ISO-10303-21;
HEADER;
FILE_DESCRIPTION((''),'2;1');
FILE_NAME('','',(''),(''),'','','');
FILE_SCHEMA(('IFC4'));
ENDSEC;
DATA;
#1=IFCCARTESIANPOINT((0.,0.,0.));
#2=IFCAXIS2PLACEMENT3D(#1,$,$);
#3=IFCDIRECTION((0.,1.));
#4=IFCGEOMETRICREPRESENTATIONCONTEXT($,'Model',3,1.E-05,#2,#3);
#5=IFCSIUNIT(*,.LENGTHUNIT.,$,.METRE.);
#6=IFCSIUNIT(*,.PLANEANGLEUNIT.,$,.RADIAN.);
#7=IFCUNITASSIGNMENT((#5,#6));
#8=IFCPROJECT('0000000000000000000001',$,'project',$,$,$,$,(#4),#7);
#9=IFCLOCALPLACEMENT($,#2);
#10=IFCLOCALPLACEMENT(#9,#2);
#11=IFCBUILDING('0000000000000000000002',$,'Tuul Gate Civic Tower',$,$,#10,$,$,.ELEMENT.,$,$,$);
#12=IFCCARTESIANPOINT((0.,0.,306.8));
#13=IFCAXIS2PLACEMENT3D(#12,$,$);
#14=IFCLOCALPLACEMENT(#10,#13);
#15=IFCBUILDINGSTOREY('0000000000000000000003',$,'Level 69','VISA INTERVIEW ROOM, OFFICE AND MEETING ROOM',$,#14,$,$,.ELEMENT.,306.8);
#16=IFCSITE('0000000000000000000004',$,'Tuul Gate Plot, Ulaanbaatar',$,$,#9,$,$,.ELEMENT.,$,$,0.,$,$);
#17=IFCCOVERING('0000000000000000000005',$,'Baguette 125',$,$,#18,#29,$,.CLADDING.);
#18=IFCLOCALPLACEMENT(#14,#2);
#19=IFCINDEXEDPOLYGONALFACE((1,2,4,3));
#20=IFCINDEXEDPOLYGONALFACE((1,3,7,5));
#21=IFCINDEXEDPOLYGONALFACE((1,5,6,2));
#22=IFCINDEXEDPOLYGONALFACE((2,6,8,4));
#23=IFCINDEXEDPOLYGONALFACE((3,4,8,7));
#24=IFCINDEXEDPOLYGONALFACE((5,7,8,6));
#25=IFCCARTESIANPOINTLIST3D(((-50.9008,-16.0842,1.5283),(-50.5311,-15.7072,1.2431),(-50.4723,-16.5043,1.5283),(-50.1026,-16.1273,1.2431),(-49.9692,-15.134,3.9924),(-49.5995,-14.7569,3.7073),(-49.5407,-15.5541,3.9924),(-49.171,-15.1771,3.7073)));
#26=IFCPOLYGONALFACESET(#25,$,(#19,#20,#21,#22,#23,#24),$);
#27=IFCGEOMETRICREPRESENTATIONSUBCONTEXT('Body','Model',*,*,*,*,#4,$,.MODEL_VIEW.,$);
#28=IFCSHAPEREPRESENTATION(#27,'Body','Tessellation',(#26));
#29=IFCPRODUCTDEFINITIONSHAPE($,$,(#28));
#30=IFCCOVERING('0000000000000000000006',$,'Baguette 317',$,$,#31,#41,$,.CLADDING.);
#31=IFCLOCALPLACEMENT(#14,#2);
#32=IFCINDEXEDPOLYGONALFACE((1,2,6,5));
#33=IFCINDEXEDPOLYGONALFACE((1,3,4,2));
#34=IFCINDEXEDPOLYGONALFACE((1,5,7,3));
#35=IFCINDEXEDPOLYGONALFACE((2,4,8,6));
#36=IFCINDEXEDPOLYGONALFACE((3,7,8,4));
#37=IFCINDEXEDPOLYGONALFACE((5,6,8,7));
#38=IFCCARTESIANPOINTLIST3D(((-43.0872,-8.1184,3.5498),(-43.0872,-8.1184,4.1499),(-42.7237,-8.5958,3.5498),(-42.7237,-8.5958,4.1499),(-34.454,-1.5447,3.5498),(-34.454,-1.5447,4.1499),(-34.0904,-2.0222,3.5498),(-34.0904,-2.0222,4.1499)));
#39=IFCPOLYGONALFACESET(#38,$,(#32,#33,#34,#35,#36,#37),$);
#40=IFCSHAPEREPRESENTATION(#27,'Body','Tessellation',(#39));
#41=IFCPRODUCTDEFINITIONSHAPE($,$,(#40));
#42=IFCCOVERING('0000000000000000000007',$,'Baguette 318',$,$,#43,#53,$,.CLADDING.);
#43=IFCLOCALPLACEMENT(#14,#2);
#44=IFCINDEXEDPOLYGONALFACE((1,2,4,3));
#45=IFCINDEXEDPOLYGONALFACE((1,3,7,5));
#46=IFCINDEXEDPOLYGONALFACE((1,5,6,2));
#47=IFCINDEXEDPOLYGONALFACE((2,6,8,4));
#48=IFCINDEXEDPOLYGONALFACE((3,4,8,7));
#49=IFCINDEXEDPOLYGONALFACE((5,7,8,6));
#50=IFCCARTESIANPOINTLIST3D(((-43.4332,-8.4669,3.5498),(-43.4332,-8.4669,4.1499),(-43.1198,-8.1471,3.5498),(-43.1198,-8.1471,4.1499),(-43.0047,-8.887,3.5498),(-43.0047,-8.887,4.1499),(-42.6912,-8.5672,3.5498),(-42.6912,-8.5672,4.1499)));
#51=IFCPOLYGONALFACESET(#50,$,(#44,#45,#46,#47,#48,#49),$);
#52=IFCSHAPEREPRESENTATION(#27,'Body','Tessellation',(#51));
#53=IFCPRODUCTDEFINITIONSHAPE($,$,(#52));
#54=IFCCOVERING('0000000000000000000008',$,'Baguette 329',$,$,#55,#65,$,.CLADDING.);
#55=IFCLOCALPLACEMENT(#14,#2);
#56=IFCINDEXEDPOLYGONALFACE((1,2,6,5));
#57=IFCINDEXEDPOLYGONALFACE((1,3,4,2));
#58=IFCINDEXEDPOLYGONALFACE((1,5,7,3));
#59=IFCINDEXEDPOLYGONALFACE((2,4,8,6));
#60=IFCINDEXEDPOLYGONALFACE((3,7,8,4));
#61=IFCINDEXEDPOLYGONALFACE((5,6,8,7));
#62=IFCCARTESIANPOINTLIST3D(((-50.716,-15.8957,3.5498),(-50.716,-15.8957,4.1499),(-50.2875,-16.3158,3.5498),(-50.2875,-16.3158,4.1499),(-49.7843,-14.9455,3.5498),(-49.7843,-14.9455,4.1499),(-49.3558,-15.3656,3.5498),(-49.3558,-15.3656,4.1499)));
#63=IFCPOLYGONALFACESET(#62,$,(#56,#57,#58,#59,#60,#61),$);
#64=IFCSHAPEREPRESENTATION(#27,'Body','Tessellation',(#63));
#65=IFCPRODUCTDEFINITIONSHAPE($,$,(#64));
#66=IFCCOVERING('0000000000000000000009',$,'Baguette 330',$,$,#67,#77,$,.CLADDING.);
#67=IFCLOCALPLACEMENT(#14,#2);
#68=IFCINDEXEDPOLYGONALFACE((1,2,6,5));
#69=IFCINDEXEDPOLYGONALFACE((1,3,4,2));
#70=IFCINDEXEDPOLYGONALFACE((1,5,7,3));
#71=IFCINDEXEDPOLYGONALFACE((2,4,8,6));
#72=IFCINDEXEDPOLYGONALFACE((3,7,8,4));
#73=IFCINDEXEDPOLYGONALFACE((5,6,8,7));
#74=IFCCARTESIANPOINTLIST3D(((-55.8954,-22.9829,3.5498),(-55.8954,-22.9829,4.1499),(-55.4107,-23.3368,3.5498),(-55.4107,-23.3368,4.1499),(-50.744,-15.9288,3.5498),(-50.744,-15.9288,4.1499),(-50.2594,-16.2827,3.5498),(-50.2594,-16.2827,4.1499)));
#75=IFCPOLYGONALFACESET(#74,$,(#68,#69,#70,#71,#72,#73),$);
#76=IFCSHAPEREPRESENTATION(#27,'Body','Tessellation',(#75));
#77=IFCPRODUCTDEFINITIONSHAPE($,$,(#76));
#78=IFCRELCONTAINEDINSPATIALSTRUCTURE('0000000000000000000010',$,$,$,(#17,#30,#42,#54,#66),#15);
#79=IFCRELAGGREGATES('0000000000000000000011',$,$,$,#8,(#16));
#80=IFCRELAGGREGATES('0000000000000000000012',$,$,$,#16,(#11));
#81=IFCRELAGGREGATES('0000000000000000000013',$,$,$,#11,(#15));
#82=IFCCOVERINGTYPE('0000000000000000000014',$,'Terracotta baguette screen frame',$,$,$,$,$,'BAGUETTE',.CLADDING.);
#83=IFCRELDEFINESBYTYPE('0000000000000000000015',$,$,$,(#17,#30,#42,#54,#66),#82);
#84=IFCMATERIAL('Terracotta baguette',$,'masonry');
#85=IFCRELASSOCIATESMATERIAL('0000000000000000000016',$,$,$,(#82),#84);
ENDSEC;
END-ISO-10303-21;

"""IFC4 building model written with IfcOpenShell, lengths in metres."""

from ifc_helpers import new_model, si_unit, direction, frame, origin, origin_2d, place, context, subcontext, project, spatial, rectangle, extrude, material, material_profile, profile_set, type_object, element, save


model = new_model("IFC4")

# Units and contexts
model_context = context("Model", 3, precision=1e-05, world=origin(), true_north=direction((0.0, 1.0)))
body_context = subcontext(model_context, "Body", "Model", "MODEL_VIEW")
ifc_project = project(units=[si_unit("LENGTHUNIT", "METRE"), si_unit("PLANEANGLEUNIT", "RADIAN")], contexts=[model_context])

# Site, building, storey
site_placement = place(None, origin())
site = spatial("IfcSite", under=ifc_project, at=site_placement, Name="Tuul Gate Plot, Ulaanbaatar", CompositionType="ELEMENT", RefElevation=0.0)
building_placement = place(site_placement, origin())
building = spatial("IfcBuilding", under=site, at=building_placement, Name="Tuul Gate Civic Tower", CompositionType="ELEMENT")
storey_placement = place(building_placement, frame((0.0, 0.0, 306.8)))
storey = spatial("IfcBuildingStorey", under=building, at=storey_placement, Name="Level 69", Description="VISA INTERVIEW ROOM, OFFICE AND MEETING ROOM", CompositionType="ELEMENT", Elevation=306.8)

# Coverings
ifc_material_1 = material(Name="Terracotta baguette", Category="masonry")
ifc_material_profile_1 = material_profile(ifc_material_1, rectangle(XDim=0.6001, YDim=0.6001, at=origin_2d()), Name="Terracotta baguette screen frame")
ifc_profile_set_1 = profile_set([ifc_material_profile_1], Name="Terracotta baguette")
covering_type = type_object("IfcCoveringType", Name="Terracotta baguette screen frame", ElementType="BAGUETTE", PredefinedType="CLADDING", material=ifc_profile_set_1)
covering_1_placement = place(storey_placement, frame((-49.5701, -15.1555, 3.8499), z_axis=(-0.332672, -0.339298, -0.87989), x_axis=(0.714044, -0.700101, 0.0)))
element("IfcCovering", 1, at=covering_1_placement, inside=storey, type_object=covering_type, Name="Baguette 125", PredefinedType="CLADDING", context=body_context, shape_type="SweptSolid", body=[
    extrude(rectangle(XDim=0.6001, YDim=0.6001, at=origin_2d()), origin(), (0.0, 0.0, 1.0), 2.8005),
])
covering_2_placement = place(storey_placement, frame((-34.2722, -1.7834, 3.8499), z_axis=(-0.79561, -0.605809, 0.0), x_axis=(0.605809, -0.79561, 0.0)))
element("IfcCovering", 2, at=covering_2_placement, inside=storey, type_object=covering_type, Name="Baguette 317", PredefinedType="CLADDING", context=body_context, shape_type="SweptSolid", body=[
    extrude(rectangle(XDim=0.6001, YDim=0.6001, at=origin_2d()), origin(), (0.0, 0.0, 1.0), 10.8511),
])
covering_3_placement = place(storey_placement, frame((-42.9055, -8.3572, 3.8499), z_axis=(-0.699984, -0.714158, 0.0), x_axis=(0.714158, -0.699984, 0.0)))
element("IfcCovering", 3, at=covering_3_placement, inside=storey, type_object=covering_type, Name="Baguette 318", PredefinedType="CLADDING", context=body_context, shape_type="SweptSolid", body=[
    extrude(rectangle(XDim=0.6001, YDim=0.6001, at=origin_2d()), origin(), (0.0, 0.0, 1.0), 0.4478),
])
covering_4_placement = place(storey_placement, frame((-49.5701, -15.1555, 3.8499), z_axis=(-0.700101, -0.714044, 0.0), x_axis=(0.714044, -0.700101, 0.0)))
element("IfcCovering", 4, at=covering_4_placement, inside=storey, type_object=covering_type, Name="Baguette 329", PredefinedType="CLADDING", context=body_context, shape_type="SweptSolid", body=[
    extrude(rectangle(XDim=0.6001, YDim=0.6001, at=origin_2d()), origin(), (0.0, 0.0, 1.0), 1.3308),
])
covering_5_placement = place(storey_placement, frame((-50.5017, -16.1057, 3.8499), z_axis=(-0.589746, -0.807589, 0.0), x_axis=(0.807589, -0.589746, 0.0)))
element("IfcCovering", 5, at=covering_5_placement, inside=storey, type_object=covering_type, Name="Baguette 330", PredefinedType="CLADDING", context=body_context, shape_type="SweptSolid", body=[
    extrude(rectangle(XDim=0.6001, YDim=0.6001, at=origin_2d()), origin(), (0.0, 0.0, 1.0), 8.7349),
])

save(model, "model.ifc")
